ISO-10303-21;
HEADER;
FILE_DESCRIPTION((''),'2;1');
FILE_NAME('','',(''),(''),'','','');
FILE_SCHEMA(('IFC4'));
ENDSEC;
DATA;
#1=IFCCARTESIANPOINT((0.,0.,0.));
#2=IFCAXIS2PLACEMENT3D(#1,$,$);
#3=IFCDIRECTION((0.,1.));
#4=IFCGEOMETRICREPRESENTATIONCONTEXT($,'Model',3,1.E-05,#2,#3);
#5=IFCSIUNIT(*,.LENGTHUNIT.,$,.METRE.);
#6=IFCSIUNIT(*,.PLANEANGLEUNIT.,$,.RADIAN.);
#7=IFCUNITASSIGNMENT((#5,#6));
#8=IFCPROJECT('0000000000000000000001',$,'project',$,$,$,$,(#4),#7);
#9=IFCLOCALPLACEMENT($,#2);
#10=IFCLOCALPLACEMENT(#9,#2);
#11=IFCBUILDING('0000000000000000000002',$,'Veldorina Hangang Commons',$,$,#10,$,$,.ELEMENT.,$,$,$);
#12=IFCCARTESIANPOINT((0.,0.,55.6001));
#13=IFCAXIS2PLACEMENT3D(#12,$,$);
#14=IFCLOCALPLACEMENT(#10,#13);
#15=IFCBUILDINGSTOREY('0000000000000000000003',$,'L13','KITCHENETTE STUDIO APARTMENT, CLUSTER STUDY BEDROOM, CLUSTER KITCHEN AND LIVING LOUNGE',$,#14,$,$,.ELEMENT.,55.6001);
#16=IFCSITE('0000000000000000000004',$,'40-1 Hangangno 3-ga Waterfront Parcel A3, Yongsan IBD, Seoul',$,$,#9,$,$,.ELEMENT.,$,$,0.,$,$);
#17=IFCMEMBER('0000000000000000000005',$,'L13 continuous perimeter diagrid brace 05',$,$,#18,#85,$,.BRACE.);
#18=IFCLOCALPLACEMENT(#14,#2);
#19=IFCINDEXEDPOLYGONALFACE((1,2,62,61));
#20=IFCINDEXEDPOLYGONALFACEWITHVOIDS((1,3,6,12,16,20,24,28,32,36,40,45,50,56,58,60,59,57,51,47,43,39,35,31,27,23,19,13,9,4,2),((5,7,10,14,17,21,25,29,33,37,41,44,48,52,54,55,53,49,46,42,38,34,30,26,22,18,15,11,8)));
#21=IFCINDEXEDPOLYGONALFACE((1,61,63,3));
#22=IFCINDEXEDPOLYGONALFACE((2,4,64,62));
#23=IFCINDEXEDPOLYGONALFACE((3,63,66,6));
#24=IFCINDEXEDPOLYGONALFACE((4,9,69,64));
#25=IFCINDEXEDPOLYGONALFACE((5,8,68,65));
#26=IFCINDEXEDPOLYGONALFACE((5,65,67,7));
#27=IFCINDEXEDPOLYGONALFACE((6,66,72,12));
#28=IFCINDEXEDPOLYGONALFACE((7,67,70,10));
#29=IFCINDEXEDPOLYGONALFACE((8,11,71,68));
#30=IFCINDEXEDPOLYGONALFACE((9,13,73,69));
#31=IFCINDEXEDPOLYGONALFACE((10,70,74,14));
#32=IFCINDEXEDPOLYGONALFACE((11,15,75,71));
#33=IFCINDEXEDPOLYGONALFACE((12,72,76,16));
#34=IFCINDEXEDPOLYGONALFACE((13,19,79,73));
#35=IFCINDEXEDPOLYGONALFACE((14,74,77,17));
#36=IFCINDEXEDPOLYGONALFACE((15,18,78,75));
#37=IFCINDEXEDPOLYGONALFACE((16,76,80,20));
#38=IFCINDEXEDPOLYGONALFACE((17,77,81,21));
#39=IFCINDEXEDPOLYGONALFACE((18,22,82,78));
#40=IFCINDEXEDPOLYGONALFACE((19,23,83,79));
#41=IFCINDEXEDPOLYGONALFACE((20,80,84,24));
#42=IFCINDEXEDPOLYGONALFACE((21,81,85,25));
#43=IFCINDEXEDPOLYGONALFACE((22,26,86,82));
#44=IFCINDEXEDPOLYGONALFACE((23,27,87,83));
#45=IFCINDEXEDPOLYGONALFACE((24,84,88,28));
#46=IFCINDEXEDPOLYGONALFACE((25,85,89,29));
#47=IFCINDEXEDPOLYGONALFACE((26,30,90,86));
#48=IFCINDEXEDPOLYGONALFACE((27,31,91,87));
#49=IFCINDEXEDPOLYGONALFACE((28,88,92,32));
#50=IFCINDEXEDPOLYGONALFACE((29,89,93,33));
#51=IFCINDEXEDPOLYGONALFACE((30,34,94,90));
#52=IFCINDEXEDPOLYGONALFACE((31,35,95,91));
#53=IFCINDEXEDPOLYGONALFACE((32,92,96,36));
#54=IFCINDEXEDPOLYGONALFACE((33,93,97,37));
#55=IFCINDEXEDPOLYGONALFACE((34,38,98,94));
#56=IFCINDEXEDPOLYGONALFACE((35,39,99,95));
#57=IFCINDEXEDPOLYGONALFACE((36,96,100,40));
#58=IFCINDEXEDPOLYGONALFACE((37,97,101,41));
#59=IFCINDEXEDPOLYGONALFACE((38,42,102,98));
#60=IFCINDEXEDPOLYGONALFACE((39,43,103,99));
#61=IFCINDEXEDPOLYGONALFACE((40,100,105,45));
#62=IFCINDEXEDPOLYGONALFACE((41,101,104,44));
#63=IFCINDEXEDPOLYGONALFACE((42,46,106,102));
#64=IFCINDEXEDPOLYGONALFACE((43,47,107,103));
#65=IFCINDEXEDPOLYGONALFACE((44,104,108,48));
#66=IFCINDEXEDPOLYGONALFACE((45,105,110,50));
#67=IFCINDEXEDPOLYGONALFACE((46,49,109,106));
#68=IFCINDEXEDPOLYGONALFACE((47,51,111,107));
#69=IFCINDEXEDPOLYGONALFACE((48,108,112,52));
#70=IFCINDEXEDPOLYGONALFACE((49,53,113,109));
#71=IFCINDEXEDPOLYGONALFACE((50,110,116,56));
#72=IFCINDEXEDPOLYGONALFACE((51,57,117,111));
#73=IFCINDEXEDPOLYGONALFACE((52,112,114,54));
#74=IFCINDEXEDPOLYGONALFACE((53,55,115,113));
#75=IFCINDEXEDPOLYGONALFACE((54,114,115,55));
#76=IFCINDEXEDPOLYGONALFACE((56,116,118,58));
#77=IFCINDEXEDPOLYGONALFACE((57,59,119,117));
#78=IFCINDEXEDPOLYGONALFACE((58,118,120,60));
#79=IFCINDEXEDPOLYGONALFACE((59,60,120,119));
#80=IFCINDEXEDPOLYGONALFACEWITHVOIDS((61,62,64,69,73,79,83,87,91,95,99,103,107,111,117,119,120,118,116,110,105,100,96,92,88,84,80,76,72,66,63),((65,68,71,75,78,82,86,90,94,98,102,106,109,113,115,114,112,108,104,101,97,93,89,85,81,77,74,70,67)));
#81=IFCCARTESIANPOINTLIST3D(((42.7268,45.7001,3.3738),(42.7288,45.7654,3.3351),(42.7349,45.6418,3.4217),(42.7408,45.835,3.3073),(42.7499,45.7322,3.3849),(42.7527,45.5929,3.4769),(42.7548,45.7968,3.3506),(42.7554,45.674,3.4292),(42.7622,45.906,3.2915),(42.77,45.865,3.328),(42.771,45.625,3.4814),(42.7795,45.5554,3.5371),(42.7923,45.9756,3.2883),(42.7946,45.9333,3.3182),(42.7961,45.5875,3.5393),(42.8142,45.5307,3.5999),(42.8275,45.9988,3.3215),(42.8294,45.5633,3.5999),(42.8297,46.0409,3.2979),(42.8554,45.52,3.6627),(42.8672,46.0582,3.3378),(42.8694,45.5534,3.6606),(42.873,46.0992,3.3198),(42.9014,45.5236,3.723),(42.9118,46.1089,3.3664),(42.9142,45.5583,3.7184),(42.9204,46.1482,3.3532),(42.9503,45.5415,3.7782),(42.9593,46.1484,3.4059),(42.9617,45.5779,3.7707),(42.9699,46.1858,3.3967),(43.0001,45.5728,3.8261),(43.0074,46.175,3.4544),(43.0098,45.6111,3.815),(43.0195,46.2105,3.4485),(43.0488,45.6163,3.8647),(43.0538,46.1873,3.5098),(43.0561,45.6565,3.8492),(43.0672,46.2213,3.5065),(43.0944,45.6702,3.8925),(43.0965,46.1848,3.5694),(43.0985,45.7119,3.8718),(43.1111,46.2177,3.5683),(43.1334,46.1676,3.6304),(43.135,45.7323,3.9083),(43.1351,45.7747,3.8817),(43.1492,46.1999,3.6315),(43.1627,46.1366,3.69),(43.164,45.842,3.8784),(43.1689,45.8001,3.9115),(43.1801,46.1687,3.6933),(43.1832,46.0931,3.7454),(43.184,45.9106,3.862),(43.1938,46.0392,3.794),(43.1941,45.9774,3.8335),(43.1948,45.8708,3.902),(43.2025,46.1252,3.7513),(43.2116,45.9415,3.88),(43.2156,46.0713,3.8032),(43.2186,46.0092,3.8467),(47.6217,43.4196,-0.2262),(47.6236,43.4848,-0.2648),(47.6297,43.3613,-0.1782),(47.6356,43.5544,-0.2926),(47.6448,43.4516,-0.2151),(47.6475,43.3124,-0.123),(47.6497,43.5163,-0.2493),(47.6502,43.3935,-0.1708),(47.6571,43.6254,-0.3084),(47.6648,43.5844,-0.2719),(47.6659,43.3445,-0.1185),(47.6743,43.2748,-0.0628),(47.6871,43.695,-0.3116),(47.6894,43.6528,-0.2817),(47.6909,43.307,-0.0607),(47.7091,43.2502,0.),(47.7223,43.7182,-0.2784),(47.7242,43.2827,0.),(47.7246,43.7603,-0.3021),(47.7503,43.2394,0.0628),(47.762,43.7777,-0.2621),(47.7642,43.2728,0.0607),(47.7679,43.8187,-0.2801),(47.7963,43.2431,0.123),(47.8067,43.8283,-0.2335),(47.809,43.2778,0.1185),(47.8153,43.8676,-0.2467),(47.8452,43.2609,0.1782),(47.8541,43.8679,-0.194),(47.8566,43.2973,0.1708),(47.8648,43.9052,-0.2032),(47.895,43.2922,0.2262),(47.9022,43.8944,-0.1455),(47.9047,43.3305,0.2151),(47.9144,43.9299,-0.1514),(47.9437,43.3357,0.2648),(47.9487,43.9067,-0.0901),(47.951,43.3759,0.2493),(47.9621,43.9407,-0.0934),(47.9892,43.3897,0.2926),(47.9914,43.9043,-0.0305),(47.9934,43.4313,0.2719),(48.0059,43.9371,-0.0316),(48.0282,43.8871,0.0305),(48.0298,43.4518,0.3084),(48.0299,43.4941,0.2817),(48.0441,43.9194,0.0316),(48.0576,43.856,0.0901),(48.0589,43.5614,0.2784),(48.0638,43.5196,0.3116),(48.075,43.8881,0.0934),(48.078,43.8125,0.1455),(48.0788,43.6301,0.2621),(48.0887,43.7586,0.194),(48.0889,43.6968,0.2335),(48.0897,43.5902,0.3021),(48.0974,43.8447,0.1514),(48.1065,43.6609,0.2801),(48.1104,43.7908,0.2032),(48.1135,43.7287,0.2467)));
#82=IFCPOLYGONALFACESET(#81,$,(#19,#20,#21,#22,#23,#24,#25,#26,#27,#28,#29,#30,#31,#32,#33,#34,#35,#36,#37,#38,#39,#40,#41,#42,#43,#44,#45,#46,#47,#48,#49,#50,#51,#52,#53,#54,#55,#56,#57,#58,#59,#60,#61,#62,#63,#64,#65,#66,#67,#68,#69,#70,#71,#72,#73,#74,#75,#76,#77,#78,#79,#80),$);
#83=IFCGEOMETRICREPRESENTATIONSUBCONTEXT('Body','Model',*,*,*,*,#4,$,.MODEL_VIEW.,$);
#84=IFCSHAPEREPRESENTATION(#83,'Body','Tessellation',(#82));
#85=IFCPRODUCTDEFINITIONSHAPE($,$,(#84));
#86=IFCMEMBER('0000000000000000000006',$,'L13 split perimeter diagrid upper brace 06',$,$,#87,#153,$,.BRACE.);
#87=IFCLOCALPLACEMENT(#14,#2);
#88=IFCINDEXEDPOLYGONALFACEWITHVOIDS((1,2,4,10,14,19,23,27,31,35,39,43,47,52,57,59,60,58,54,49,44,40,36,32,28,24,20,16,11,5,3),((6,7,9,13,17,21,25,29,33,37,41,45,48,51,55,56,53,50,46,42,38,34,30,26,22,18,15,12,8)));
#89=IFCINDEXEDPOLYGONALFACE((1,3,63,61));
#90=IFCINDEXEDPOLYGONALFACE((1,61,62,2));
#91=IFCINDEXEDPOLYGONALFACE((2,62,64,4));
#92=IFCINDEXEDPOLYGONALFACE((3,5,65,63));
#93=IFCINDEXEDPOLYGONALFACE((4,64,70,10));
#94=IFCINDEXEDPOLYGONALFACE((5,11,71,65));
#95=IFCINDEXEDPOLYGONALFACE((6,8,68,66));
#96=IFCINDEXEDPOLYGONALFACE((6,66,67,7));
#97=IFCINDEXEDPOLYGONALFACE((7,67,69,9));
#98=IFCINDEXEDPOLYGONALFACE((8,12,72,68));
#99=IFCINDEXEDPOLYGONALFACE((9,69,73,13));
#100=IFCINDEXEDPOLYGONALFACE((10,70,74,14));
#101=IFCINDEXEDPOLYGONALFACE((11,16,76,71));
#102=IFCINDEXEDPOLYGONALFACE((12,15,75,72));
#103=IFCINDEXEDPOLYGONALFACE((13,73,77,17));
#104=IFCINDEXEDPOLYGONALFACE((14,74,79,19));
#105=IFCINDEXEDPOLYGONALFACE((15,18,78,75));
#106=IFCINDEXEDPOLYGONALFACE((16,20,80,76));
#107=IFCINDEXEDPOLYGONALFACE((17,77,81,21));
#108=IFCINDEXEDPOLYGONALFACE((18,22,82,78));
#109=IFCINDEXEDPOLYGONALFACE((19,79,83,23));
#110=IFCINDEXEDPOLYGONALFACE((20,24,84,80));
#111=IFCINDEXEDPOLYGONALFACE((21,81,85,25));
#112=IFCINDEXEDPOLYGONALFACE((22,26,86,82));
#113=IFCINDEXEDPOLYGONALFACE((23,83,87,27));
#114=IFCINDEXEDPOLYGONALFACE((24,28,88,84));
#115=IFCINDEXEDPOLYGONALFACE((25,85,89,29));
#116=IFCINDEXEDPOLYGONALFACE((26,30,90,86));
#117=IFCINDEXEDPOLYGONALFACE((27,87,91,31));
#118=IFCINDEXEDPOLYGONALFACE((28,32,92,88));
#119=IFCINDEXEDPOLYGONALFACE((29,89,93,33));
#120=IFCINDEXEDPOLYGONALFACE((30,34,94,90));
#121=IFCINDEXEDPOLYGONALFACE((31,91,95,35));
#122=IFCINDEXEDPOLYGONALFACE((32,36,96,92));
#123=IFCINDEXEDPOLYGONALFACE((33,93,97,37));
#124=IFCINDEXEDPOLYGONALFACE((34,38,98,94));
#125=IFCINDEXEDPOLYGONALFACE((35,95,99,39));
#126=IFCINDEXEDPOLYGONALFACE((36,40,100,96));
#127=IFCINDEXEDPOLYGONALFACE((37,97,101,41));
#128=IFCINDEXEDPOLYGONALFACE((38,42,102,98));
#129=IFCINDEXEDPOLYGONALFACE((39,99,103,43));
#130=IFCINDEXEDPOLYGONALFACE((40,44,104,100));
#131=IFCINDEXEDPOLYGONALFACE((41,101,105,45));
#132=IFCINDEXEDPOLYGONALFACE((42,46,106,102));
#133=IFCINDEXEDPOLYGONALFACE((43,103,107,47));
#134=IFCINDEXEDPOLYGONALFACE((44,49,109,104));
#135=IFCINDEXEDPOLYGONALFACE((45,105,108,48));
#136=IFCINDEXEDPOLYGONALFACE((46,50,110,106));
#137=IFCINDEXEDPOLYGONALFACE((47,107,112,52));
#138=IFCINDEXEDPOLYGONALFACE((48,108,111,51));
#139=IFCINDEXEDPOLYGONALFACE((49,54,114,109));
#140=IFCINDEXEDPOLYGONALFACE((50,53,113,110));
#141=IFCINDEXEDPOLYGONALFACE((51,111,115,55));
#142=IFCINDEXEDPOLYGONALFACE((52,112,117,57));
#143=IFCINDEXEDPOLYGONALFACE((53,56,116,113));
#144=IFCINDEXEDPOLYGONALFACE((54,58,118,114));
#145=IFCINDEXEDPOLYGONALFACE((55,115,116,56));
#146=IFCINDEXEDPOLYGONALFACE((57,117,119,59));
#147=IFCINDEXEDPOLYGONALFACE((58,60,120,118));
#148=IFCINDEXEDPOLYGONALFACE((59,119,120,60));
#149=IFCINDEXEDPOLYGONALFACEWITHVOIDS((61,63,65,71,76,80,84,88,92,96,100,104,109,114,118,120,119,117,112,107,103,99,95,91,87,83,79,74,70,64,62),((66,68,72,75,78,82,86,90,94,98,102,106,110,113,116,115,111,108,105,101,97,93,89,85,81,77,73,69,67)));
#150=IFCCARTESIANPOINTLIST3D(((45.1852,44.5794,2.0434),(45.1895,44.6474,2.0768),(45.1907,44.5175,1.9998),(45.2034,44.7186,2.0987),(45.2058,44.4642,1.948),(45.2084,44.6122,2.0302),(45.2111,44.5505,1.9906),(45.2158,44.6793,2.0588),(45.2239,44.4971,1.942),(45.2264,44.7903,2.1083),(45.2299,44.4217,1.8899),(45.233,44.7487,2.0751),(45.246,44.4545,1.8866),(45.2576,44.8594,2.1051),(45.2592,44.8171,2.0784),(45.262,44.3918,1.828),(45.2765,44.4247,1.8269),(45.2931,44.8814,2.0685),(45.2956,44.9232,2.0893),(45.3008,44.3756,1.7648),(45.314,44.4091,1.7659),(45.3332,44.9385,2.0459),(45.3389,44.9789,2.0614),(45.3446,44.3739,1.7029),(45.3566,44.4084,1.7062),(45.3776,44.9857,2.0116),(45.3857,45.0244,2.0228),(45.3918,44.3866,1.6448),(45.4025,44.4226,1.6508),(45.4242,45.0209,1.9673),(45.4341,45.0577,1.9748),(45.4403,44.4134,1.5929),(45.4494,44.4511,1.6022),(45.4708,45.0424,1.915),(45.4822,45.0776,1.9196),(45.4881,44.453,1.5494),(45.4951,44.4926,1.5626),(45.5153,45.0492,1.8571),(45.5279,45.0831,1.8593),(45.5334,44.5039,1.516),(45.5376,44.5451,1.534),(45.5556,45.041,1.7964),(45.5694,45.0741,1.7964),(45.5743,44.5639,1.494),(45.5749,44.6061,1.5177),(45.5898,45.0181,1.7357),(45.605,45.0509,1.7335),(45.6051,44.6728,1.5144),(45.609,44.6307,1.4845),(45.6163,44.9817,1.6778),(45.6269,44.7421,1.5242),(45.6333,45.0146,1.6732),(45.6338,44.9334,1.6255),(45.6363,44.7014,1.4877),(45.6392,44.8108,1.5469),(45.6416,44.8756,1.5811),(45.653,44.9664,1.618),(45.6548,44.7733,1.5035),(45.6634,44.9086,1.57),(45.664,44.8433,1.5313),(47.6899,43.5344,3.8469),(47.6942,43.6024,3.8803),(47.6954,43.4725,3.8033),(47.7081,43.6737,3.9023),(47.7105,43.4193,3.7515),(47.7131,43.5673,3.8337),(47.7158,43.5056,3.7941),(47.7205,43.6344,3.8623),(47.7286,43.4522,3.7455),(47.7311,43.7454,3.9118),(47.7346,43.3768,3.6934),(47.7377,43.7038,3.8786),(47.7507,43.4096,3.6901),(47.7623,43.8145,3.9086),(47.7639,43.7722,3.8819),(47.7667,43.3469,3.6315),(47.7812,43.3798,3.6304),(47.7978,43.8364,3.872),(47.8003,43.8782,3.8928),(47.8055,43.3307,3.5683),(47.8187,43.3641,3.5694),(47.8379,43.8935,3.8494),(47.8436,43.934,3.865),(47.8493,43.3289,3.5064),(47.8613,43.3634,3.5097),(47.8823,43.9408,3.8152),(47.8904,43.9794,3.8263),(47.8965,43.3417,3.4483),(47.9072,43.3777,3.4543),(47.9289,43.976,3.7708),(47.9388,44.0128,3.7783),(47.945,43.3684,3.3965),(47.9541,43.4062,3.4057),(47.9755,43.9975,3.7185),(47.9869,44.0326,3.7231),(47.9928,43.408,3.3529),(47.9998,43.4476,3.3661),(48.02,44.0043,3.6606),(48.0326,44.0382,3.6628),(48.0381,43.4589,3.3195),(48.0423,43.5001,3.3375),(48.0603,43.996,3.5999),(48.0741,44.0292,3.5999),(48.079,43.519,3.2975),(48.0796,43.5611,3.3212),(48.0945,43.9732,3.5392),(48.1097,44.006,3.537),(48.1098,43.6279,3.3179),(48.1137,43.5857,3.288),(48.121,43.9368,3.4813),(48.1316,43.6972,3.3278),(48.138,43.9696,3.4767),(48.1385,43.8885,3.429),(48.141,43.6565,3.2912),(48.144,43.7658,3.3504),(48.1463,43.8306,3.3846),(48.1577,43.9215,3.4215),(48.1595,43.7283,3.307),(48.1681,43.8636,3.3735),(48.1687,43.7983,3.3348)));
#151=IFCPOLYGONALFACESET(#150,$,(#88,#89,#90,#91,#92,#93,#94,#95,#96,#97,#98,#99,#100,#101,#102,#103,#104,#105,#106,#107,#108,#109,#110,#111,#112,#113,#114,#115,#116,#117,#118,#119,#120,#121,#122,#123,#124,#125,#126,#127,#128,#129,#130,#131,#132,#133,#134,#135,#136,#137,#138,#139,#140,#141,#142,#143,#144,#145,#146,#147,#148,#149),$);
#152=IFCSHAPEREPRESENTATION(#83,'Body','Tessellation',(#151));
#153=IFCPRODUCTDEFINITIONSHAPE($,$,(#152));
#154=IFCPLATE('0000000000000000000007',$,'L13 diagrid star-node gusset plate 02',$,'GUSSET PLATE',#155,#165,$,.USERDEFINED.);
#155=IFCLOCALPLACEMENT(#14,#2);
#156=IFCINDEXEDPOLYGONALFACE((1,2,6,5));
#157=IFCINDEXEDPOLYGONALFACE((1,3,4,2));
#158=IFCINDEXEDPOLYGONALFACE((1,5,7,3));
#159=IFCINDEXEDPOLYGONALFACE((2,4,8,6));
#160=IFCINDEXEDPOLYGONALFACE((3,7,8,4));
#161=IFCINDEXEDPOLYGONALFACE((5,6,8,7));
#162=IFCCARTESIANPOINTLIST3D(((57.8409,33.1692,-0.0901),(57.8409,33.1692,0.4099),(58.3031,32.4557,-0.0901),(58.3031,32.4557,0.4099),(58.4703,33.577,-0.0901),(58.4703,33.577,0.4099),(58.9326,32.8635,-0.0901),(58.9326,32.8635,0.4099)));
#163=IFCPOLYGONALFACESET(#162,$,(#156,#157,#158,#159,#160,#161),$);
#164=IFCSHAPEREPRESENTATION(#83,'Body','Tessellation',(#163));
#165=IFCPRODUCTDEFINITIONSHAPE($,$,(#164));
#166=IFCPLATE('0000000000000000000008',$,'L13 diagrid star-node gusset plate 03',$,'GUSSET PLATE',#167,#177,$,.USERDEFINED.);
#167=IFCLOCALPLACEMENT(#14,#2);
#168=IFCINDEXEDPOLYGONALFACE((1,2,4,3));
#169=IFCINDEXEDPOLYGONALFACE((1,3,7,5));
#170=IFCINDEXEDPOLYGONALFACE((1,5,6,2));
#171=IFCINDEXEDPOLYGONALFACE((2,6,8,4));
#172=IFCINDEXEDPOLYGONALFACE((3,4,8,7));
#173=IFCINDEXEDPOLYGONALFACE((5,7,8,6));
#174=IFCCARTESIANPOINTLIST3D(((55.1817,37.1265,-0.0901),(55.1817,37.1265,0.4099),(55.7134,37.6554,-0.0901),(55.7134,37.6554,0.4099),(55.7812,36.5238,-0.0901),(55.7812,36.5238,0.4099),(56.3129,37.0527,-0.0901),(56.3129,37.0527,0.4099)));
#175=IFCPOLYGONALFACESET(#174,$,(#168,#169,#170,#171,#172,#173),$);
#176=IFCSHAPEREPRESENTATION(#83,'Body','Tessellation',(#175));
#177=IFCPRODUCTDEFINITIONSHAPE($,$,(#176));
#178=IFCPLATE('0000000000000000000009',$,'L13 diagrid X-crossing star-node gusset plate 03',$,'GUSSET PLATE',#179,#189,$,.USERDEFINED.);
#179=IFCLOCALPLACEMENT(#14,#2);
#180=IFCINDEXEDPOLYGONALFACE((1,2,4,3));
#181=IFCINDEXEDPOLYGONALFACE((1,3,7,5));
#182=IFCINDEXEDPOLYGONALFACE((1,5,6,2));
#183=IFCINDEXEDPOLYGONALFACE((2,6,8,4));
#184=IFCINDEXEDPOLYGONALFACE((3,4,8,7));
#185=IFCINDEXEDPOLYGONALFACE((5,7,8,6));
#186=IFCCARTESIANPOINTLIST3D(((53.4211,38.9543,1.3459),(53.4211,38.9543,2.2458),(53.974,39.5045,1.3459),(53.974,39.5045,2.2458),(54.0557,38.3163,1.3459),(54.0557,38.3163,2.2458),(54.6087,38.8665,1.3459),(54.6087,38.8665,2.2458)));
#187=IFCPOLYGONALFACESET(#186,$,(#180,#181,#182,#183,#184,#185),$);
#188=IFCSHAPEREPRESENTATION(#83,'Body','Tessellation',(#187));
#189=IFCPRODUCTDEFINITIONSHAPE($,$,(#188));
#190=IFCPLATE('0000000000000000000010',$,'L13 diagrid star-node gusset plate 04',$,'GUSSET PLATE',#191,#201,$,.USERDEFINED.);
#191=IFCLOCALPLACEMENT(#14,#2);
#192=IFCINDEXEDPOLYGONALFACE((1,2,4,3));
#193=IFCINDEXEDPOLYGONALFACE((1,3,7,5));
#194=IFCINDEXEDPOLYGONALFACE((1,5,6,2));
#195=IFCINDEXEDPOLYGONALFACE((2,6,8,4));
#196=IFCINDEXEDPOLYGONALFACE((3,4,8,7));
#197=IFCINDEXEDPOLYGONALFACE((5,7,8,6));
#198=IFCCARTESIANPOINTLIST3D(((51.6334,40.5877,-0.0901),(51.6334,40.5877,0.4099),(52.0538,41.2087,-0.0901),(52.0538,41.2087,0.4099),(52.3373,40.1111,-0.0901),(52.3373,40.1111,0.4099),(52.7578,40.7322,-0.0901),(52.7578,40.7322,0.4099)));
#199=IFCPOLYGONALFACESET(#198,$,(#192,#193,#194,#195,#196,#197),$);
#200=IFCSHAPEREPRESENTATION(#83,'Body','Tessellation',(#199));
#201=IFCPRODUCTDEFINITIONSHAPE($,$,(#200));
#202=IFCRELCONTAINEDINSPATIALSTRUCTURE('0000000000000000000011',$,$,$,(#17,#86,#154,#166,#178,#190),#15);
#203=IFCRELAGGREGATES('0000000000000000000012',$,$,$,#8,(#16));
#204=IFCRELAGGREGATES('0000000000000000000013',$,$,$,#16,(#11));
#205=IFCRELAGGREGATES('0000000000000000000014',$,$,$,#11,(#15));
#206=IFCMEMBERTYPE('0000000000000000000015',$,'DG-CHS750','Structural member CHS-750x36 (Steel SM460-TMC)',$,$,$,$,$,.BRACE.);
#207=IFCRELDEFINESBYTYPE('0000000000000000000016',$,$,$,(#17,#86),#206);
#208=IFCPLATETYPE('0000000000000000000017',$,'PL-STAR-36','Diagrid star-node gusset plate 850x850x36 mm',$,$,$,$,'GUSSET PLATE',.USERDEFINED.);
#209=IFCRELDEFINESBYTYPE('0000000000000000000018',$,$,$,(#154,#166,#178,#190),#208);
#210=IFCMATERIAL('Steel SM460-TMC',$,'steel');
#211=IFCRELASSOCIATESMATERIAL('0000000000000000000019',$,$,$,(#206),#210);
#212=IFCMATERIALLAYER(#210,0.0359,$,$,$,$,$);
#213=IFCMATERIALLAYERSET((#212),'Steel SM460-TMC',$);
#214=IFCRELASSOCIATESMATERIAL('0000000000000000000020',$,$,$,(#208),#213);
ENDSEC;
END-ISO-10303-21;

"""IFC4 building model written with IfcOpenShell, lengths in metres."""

from ifc_helpers import new_model, si_unit, direction, frame, origin, origin_2d, place, context, subcontext, project, spatial, rectangle, hollow_circle, extrude, material, layer, layer_set, material_profile, profile_set, type_object, element, save


model = new_model("IFC4")

# Units and contexts
model_context = context("Model", 3, precision=1e-05, world=origin(), true_north=direction((0.0, 1.0)))
body_context = subcontext(model_context, "Body", "Model", "MODEL_VIEW")
ifc_project = project(units=[si_unit("LENGTHUNIT", "METRE"), si_unit("PLANEANGLEUNIT", "RADIAN")], contexts=[model_context])

# Site, building, storey
site_placement = place(None, origin())
site = spatial("IfcSite", under=ifc_project, at=site_placement, Name="40-1 Hangangno 3-ga Waterfront Parcel A3, Yongsan IBD, Seoul", CompositionType="ELEMENT", RefElevation=0.0)
building_placement = place(site_placement, origin())
building = spatial("IfcBuilding", under=site, at=building_placement, Name="Veldorina Hangang Commons", CompositionType="ELEMENT")
storey_placement = place(building_placement, frame((0.0, 0.0, 55.6001)))
storey = spatial("IfcBuildingStorey", under=building, at=storey_placement, Name="L13", Description="KITCHENETTE STUDIO APARTMENT, CLUSTER STUDY BEDROOM, CLUSTER KITCHEN AND LIVING LOUNGE", CompositionType="ELEMENT", Elevation=55.6001)

# Shared definitions
ifc_material_1 = material(Name="Steel SM460-TMC", Category="steel")

# Members
ifc_material_profile_1 = material_profile(ifc_material_1, hollow_circle(Radius=0.375, WallThickness=0.0359, at=origin_2d()), Name="CHS-750x36")
ifc_profile_set_1 = profile_set([ifc_material_profile_1], Name="Steel SM460-TMC")
member_type = type_object("IfcMemberType", Name="DG-CHS750", Description="Structural member CHS-750x36 (Steel SM460-TMC)", PredefinedType="BRACE", material=ifc_profile_set_1)
member_1_placement = place(storey_placement, frame((47.8674, 43.5901, 0.0), z_axis=(-0.754217, 0.351396, 0.554687), x_axis=(-0.422321, -0.906446, 0.0)))
element("IfcMember", 1, at=member_1_placement, inside=storey, type_object=member_type, Name="L13 continuous perimeter diagrid brace 05", PredefinedType="BRACE", context=body_context, shape_type="SweptSolid", body=[
    extrude(hollow_circle(Radius=0.375, WallThickness=0.0359, at=origin_2d()), origin(), (0.0, 0.0, 1.0), 6.49),
])
member_2_placement = place(storey_placement, frame((45.425, 44.728, 1.7964), z_axis=(0.768657, -0.32068, 0.553472), x_axis=(0.385031, 0.922904, 0.0)))
element("IfcMember", 2, at=member_2_placement, inside=storey, type_object=member_type, Name="L13 split perimeter diagrid upper brace 06", PredefinedType="BRACE", context=body_context, shape_type="SweptSolid", body=[
    extrude(hollow_circle(Radius=0.375, WallThickness=0.0359, at=origin_2d()), origin(), (0.0, 0.0, 1.0), 3.2585),
])

# Plates
ifc_layer_1 = layer(ifc_material_1, 0.0359)
ifc_layer_set_1 = layer_set([ifc_layer_1], Name="Steel SM460-TMC")
plate_type = type_object("IfcPlateType", Name="PL-STAR-36", Description="Diagrid star-node gusset plate 850x850x36 mm", ElementType="GUSSET PLATE", PredefinedType="USERDEFINED", material=ifc_layer_set_1)
for number, where, z_axis, x_axis, name in (
    (3, (58.3867, 33.0164, -0.0901), (0.0, 0.0, 1.0), (-0.54376, 0.83924, 0.0), "L13 diagrid star-node gusset plate 02"),
    (4, (55.7473, 37.0896, -0.0901), (0.0, 0.0, 1.0), (-0.705278, 0.708931, 0.0), "L13 diagrid star-node gusset plate 03"),
):
    element("IfcPlate", number, at=place(storey_placement, frame(where, z_axis=z_axis, x_axis=x_axis)), inside=storey, type_object=plate_type, Name=name, ObjectType="GUSSET PLATE", PredefinedType="USERDEFINED", context=body_context, shape_type="SweptSolid", body=[
        extrude(rectangle(XDim=0.8501, YDim=0.75, at=origin_2d()), origin(), (0.0, 0.0, 1.0), 0.5),
    ])
plate_1_placement = place(storey_placement, frame((54.0149, 38.9104, 1.3459), z_axis=(0.0, 0.0, 1.0), x_axis=(-0.705278, 0.708931, 0.0)))
element("IfcPlate", 5, at=plate_1_placement, inside=storey, type_object=plate_type, Name="L13 diagrid X-crossing star-node gusset plate 03", ObjectType="GUSSET PLATE", PredefinedType="USERDEFINED", context=body_context, shape_type="SweptSolid", body=[
    extrude(rectangle(XDim=0.8999, YDim=0.78, at=origin_2d()), origin(), (0.0, 0.0, 1.0), 0.8999),
])
for number, where, z_axis, x_axis, name in (
    (6, (52.1956, 40.6599, -0.0901), (0.0, 0.0, 1.0), (-0.82808, 0.56061, 0.0), "L13 diagrid star-node gusset plate 04"),
):
    element("IfcPlate", number, at=place(storey_placement, frame(where, z_axis=z_axis, x_axis=x_axis)), inside=storey, type_object=plate_type, Name=name, ObjectType="GUSSET PLATE", PredefinedType="USERDEFINED", context=body_context, shape_type="SweptSolid", body=[
        extrude(rectangle(XDim=0.8501, YDim=0.75, at=origin_2d()), origin(), (0.0, 0.0, 1.0), 0.5),
    ])

save(model, "model.ifc")
